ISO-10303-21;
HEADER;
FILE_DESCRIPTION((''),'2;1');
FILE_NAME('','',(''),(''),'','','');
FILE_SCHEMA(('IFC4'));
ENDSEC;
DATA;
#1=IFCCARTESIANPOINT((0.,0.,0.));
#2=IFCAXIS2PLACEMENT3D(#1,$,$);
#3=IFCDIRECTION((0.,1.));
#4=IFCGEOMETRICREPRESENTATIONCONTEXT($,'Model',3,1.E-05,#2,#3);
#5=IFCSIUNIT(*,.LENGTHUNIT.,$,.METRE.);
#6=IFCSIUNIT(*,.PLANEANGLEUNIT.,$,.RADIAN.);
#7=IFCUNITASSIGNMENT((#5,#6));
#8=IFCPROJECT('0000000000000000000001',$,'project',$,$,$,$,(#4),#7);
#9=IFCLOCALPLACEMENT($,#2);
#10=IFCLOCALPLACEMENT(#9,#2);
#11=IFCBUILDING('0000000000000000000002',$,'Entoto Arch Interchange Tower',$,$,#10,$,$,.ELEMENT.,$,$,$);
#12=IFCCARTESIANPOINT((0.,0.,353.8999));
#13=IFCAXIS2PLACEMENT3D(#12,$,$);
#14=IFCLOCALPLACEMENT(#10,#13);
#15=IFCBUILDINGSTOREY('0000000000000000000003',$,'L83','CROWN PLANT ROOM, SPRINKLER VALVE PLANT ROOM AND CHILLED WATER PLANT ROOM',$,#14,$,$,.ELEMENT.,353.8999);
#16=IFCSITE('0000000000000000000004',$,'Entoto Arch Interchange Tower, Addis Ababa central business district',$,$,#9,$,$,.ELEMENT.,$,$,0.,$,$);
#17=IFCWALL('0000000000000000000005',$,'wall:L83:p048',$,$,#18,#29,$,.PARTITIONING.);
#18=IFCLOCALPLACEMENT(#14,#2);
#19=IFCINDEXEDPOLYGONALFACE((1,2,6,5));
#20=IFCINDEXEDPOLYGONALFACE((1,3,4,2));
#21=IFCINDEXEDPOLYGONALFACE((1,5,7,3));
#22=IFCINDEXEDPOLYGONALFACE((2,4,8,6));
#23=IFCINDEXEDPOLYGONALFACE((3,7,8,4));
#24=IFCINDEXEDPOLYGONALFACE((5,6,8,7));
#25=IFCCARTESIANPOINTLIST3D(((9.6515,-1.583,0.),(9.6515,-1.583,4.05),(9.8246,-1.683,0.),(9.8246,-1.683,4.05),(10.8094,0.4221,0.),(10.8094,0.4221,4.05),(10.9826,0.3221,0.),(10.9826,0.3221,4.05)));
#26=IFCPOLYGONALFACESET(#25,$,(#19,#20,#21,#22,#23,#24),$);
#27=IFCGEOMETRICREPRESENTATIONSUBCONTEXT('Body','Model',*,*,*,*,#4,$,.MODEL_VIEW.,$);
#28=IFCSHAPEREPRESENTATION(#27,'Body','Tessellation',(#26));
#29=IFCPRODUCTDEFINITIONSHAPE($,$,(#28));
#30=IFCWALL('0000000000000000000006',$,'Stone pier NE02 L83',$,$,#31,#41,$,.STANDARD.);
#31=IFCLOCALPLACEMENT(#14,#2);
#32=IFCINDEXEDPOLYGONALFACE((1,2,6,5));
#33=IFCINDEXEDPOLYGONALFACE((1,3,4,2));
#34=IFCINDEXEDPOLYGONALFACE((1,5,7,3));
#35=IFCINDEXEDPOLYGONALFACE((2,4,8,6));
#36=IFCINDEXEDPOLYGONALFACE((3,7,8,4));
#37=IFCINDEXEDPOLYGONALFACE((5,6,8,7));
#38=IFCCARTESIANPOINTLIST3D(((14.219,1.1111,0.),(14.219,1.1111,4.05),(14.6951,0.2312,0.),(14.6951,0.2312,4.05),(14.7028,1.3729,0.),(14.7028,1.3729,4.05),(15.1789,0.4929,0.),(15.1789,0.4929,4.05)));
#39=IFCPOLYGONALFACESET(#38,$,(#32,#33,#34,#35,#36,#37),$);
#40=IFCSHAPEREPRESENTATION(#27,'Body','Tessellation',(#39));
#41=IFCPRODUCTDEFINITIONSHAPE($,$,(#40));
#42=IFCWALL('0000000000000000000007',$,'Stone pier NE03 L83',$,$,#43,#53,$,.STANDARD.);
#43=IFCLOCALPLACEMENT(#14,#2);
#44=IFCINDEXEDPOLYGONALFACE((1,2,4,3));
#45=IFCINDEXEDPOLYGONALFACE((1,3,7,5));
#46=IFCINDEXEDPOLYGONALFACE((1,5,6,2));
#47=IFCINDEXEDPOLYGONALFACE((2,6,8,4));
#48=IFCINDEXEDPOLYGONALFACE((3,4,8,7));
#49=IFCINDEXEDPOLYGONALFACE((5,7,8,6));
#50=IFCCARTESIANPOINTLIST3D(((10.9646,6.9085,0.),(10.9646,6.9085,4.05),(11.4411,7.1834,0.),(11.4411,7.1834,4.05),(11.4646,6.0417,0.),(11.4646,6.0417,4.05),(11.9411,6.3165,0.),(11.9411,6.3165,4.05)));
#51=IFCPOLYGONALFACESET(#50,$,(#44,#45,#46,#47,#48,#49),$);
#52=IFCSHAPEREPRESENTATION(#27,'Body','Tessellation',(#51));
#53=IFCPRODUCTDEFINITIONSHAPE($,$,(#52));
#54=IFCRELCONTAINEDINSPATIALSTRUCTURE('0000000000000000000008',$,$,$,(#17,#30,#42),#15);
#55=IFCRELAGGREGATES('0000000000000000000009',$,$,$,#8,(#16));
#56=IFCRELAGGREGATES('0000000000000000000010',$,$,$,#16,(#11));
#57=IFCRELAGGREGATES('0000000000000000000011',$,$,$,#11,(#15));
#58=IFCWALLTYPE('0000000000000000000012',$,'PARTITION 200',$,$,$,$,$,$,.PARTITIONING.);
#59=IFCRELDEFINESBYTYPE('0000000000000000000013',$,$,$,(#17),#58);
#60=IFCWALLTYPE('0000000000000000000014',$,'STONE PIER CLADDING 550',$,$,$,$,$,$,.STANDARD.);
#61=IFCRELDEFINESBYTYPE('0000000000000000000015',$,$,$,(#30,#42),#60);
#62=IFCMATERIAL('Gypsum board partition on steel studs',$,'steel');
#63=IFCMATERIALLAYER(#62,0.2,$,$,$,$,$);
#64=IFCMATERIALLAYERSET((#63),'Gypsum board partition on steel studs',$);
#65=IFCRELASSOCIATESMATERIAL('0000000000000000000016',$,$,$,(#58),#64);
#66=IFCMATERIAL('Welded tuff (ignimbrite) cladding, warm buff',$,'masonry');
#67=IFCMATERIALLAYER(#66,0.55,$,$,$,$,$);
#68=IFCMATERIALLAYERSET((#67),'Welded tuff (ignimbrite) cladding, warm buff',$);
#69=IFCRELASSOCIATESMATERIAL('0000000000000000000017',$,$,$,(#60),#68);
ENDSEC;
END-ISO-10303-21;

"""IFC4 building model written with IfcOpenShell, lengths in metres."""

from ifc_helpers import new_model, si_unit, direction, frame, frame_2d, origin, place, context, subcontext, project, spatial, rectangle, extrude, material, layer, layer_set, type_object, element, save


model = new_model("IFC4")

# Units and contexts
model_context = context("Model", 3, precision=1e-05, world=origin(), true_north=direction((0.0, 1.0)))
body_context = subcontext(model_context, "Body", "Model", "MODEL_VIEW")
ifc_project = project(units=[si_unit("LENGTHUNIT", "METRE"), si_unit("PLANEANGLEUNIT", "RADIAN")], contexts=[model_context])

# Site, building, storey
site_placement = place(None, origin())
site = spatial("IfcSite", under=ifc_project, at=site_placement, Name="Entoto Arch Interchange Tower, Addis Ababa central business district", CompositionType="ELEMENT", RefElevation=0.0)
building_placement = place(site_placement, origin())
building = spatial("IfcBuilding", under=site, at=building_placement, Name="Entoto Arch Interchange Tower", CompositionType="ELEMENT")
storey_placement = place(building_placement, frame((0.0, 0.0, 353.8999)))
storey = spatial("IfcBuildingStorey", under=building, at=storey_placement, Name="L83", Description="CROWN PLANT ROOM, SPRINKLER VALVE PLANT ROOM AND CHILLED WATER PLANT ROOM", CompositionType="ELEMENT", Elevation=353.8999)

# Shared definitions
ifc_material_1 = material(Name="Gypsum board partition on steel studs", Category="steel")
ifc_layer_1 = layer(ifc_material_1, 0.2)
ifc_layer_set_1 = layer_set([ifc_layer_1], Name="Gypsum board partition on steel studs")
wall_type_1 = type_object("IfcWallType", Name="PARTITION 200", PredefinedType="PARTITIONING", material=ifc_layer_set_1)

# Walls
wall_1_placement = place(storey_placement, frame((10.896, 0.3721, 0.0), z_axis=(0.0, 0.0, 1.0), x_axis=(-0.500097, -0.86597, 0.0)))
element("IfcWall", 1, at=wall_1_placement, inside=storey, type_object=wall_type_1, Name="wall:L83:p048", PredefinedType="PARTITIONING", context=body_context, shape_type="SweptSolid", body=[
    extrude(rectangle(XDim=2.3154, YDim=0.2, at=frame_2d((1.1577, 0.0))), origin(), (0.0, 0.0, 1.0), 4.05),
])
ifc_material_2 = material(Name="Welded tuff (ignimbrite) cladding, warm buff", Category="masonry")
ifc_layer_2 = layer(ifc_material_2, 0.55)
ifc_layer_set_2 = layer_set([ifc_layer_2], Name="Welded tuff (ignimbrite) cladding, warm buff")
wall_type_2 = type_object("IfcWallType", Name="STONE PIER CLADDING 550", PredefinedType="STANDARD", material=ifc_layer_set_2)
wall_2_placement = place(storey_placement, frame((14.937, 0.3621, 0.0), z_axis=(0.0, 0.0, 1.0), x_axis=(-0.475874, 0.879513, 0.0)))
element("IfcWall", 2, at=wall_2_placement, inside=storey, type_object=wall_type_2, Name="Stone pier NE02 L83", PredefinedType="STANDARD", context=body_context, shape_type="SweptSolid", body=[
    extrude(rectangle(XDim=1.0005, YDim=0.55, at=frame_2d((0.5002, 0.0))), origin(), (0.0, 0.0, 1.0), 4.05),
])
wall_3_placement = place(storey_placement, frame((11.7029, 6.179, 0.0), z_axis=(0.0, 0.0, 1.0), x_axis=(-0.499603, 0.866255, 0.0)))
element("IfcWall", 3, at=wall_3_placement, inside=storey, type_object=wall_type_2, Name="Stone pier NE03 L83", PredefinedType="STANDARD", context=body_context, shape_type="SweptSolid", body=[
    extrude(rectangle(XDim=1.0007, YDim=0.55, at=frame_2d((0.5005, 0.0))), origin(), (0.0, 0.0, 1.0), 4.05),
])

save(model, "model.ifc")
